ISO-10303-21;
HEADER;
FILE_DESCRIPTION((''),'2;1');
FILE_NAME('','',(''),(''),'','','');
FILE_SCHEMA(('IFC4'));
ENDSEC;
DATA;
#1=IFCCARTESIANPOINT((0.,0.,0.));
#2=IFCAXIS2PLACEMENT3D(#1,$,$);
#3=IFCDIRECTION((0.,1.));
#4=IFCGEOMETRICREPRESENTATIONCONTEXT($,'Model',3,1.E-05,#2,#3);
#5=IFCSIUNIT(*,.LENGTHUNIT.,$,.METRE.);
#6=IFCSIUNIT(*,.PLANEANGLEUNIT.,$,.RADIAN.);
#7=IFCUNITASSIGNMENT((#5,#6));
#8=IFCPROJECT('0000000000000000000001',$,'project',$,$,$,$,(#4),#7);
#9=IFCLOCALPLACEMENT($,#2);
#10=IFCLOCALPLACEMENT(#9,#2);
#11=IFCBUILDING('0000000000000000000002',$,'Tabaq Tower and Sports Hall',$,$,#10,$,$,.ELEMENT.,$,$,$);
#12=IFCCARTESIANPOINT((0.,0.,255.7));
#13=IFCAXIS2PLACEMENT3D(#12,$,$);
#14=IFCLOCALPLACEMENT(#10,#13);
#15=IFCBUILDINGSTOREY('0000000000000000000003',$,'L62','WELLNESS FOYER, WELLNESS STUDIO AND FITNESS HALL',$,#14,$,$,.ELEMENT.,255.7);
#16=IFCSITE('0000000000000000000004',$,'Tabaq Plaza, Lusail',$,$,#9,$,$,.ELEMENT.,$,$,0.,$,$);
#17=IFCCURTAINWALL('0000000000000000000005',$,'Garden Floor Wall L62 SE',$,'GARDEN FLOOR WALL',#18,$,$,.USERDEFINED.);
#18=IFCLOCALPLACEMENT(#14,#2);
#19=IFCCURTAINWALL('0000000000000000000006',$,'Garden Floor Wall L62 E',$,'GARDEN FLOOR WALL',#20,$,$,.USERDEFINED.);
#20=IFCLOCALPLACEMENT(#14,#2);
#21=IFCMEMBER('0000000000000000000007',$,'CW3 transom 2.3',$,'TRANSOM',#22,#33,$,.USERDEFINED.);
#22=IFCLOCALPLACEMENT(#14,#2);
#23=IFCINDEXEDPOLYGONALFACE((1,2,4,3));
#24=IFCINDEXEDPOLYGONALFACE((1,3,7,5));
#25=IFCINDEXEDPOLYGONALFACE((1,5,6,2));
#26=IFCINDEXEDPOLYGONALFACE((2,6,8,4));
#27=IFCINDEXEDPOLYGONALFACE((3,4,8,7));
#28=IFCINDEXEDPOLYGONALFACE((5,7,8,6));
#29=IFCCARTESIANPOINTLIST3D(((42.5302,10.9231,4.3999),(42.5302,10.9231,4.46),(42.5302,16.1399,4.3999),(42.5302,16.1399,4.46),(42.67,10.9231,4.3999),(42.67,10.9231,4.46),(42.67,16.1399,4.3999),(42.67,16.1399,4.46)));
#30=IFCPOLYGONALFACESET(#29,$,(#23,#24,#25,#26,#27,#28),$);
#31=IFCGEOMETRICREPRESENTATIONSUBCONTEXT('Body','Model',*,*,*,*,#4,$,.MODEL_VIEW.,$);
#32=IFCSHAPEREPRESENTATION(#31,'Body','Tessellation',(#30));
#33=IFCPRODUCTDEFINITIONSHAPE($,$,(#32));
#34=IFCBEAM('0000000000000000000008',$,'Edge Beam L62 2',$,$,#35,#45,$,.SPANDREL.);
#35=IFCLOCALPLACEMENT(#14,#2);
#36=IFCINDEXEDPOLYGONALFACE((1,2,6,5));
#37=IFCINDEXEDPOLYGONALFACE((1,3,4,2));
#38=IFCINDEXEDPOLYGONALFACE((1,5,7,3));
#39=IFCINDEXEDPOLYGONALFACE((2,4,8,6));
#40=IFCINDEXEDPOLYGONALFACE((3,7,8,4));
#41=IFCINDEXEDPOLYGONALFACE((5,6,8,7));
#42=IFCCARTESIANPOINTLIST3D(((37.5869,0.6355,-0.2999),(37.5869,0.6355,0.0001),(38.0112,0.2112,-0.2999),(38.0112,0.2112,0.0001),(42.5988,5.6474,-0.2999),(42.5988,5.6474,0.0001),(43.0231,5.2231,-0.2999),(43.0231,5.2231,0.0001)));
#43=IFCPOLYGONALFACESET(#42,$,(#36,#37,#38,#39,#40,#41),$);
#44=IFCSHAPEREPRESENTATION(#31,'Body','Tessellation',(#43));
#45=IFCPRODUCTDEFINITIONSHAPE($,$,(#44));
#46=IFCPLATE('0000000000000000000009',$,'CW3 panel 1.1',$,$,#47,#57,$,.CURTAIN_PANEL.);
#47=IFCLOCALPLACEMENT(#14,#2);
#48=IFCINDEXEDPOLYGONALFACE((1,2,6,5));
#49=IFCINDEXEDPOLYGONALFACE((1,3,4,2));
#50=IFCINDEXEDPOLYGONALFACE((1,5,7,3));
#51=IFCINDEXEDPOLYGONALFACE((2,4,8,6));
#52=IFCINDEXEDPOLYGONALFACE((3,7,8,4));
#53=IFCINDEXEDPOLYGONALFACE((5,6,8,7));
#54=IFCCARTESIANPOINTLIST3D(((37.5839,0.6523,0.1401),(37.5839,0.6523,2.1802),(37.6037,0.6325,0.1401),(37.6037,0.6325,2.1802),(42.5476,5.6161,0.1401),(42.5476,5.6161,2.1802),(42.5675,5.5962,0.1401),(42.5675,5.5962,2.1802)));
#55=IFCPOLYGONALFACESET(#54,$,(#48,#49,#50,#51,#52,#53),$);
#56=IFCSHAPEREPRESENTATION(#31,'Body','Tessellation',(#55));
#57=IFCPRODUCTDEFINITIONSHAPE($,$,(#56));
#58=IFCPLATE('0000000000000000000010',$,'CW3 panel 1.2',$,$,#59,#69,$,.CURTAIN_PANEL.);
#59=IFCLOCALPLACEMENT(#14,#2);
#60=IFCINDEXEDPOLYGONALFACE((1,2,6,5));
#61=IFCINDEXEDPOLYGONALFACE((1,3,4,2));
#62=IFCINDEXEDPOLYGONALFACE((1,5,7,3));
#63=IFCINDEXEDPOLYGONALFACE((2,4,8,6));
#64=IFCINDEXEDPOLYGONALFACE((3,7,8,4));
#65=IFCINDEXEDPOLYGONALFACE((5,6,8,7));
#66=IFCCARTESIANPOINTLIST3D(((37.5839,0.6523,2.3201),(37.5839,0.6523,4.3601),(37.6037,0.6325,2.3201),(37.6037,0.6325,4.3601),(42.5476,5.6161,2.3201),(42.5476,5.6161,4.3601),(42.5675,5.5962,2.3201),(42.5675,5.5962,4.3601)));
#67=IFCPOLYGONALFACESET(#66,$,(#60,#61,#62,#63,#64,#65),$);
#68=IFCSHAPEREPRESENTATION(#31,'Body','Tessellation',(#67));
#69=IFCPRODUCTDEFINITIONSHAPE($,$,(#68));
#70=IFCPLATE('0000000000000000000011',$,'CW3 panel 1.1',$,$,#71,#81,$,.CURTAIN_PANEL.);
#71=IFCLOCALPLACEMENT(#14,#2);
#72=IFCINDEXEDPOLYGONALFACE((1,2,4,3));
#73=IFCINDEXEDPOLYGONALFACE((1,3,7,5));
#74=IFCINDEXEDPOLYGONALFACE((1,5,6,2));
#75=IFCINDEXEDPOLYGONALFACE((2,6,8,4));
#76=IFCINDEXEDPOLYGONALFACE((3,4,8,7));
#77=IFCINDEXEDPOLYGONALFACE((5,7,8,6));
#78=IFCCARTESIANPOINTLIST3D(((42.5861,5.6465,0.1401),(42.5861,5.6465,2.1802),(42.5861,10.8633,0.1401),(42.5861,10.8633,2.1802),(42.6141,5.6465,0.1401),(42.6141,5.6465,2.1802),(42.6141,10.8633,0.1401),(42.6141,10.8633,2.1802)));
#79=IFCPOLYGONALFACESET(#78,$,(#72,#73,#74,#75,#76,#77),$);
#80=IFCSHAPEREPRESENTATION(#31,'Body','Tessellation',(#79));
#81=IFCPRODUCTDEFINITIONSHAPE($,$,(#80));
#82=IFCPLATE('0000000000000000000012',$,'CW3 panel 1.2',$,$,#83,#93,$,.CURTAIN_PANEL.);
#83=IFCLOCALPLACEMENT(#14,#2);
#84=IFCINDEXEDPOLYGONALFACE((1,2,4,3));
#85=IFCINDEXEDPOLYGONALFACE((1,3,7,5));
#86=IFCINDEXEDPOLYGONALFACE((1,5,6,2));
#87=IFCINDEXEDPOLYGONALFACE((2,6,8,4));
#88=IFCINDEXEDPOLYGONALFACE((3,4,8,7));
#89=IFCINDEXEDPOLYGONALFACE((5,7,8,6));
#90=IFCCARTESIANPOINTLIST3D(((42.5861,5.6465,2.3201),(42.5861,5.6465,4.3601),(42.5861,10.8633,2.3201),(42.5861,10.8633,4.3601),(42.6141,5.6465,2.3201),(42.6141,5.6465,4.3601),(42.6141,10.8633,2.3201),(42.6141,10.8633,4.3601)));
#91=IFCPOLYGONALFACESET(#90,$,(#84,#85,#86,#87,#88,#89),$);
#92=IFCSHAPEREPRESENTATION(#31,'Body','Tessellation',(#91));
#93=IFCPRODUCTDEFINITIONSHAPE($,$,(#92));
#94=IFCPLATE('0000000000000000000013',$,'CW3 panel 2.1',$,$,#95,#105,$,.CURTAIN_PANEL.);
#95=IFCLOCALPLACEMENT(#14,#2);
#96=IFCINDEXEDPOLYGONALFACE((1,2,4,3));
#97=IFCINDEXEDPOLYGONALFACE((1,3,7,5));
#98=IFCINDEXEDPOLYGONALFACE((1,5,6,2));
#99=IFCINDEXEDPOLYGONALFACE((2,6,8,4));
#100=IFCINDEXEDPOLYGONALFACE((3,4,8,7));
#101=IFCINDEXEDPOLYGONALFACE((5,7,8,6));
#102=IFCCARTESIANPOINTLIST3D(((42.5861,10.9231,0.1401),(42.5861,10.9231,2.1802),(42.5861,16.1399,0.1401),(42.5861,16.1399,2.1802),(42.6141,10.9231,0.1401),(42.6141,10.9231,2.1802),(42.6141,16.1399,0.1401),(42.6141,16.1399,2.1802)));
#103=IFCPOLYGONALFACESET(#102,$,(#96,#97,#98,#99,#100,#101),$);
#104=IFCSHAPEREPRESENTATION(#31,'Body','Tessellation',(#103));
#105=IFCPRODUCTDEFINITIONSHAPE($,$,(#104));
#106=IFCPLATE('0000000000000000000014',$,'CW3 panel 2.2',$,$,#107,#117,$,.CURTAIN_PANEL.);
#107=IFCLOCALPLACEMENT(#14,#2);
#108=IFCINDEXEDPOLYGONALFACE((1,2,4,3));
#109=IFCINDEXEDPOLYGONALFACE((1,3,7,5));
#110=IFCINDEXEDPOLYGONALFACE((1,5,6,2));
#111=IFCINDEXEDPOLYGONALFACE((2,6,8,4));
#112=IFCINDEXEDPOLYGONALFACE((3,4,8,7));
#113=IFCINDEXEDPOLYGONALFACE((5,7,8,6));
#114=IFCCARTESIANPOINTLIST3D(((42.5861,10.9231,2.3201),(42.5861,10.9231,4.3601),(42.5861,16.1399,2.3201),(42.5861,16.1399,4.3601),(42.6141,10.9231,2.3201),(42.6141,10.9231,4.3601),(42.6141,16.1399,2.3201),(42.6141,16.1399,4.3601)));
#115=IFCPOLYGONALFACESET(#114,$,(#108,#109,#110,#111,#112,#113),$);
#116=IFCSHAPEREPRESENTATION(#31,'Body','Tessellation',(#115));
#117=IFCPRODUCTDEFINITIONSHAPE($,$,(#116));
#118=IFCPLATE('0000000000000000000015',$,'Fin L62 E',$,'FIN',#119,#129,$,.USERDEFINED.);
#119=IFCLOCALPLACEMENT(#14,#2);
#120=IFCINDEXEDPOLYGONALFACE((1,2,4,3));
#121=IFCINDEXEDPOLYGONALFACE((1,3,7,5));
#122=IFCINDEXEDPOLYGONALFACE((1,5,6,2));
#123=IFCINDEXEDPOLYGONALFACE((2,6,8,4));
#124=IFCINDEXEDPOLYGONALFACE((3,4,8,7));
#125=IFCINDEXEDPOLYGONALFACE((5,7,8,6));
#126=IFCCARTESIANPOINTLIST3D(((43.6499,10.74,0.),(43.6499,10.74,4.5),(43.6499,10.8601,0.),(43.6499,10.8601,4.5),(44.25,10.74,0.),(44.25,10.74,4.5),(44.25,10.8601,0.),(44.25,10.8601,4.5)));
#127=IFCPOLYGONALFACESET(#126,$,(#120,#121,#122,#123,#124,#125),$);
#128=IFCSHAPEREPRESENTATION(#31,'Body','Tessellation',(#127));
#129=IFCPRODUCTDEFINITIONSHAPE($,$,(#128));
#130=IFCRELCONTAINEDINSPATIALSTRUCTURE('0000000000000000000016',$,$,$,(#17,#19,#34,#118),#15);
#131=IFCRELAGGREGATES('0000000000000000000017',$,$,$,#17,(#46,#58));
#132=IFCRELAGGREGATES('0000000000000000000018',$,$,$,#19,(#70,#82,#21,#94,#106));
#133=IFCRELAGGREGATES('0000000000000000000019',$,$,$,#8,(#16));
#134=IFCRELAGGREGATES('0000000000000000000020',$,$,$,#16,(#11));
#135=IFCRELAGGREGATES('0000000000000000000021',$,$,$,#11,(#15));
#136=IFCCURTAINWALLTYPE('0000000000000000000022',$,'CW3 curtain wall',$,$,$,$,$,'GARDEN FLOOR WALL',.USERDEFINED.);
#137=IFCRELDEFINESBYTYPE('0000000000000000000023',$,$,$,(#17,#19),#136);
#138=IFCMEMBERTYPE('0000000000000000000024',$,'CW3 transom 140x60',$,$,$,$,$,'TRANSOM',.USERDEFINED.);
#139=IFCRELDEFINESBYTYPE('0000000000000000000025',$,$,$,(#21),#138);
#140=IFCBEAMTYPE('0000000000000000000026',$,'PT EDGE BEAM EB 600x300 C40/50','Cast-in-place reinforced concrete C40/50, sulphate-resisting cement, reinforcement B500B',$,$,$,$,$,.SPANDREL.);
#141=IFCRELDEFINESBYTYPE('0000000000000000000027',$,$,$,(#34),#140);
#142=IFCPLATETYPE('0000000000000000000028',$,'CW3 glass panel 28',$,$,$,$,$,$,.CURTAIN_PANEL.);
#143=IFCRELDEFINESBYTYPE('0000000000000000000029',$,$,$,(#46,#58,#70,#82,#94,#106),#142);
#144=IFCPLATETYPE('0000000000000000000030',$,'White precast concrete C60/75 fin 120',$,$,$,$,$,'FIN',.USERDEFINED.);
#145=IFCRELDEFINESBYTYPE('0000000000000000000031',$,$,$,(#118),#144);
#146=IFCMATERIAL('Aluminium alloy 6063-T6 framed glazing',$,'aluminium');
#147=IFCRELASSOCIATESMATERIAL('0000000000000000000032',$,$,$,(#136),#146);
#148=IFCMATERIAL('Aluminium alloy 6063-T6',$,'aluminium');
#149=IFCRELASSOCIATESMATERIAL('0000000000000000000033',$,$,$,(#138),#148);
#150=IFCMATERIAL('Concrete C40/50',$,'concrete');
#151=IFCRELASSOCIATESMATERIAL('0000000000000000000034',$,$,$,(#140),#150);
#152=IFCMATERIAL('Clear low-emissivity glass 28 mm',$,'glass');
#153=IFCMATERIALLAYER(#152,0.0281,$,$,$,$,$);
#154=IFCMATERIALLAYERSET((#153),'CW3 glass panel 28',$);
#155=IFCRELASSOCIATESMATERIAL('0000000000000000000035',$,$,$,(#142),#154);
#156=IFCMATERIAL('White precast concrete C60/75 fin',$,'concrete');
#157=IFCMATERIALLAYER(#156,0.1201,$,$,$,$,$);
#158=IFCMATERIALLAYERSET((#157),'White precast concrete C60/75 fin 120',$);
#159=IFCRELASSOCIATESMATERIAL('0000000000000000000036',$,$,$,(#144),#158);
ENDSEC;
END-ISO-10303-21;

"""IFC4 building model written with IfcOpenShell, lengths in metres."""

from ifc_helpers import new_model, si_unit, direction, frame, origin, origin_2d, place, context, subcontext, project, spatial, rectangle, extrude, material, layer, layer_set, material_profile, profile_set, type_object, element, aggregate, save


model = new_model("IFC4")

# Units and contexts
model_context = context("Model", 3, precision=1e-05, world=origin(), true_north=direction((0.0, 1.0)))
body_context = subcontext(model_context, "Body", "Model", "MODEL_VIEW")
ifc_project = project(units=[si_unit("LENGTHUNIT", "METRE"), si_unit("PLANEANGLEUNIT", "RADIAN")], contexts=[model_context])

# Site, building, storey
site_placement = place(None, origin())
site = spatial("IfcSite", under=ifc_project, at=site_placement, Name="Tabaq Plaza, Lusail", CompositionType="ELEMENT", RefElevation=0.0)
building_placement = place(site_placement, origin())
building = spatial("IfcBuilding", under=site, at=building_placement, Name="Tabaq Tower and Sports Hall", CompositionType="ELEMENT")
storey_placement = place(building_placement, frame((0.0, 0.0, 255.7)))
storey = spatial("IfcBuildingStorey", under=building, at=storey_placement, Name="L62", Description="WELLNESS FOYER, WELLNESS STUDIO AND FITNESS HALL", CompositionType="ELEMENT", Elevation=255.7)

# Curtain wall
ifc_material_1 = material(Name="Aluminium alloy 6063-T6 framed glazing", Category="aluminium")
curtain_wall_type = type_object("IfcCurtainWallType", Name="CW3 curtain wall", ElementType="GARDEN FLOOR WALL", PredefinedType="USERDEFINED", material=ifc_material_1)
curtain_wall_1_placement = place(storey_placement, origin())
curtain_wall_1 = element("IfcCurtainWall", 1, at=curtain_wall_1_placement, inside=storey, type_object=curtain_wall_type, Name="Garden Floor Wall L62 SE", ObjectType="GARDEN FLOOR WALL", PredefinedType="USERDEFINED")

# Curtain wall
curtain_wall_2_placement = place(storey_placement, origin())
curtain_wall_2 = element("IfcCurtainWall", 2, at=curtain_wall_2_placement, inside=storey, type_object=curtain_wall_type, Name="Garden Floor Wall L62 E", ObjectType="GARDEN FLOOR WALL", PredefinedType="USERDEFINED")

# Member
ifc_material_2 = material(Name="Aluminium alloy 6063-T6", Category="aluminium")
ifc_material_profile_1 = material_profile(ifc_material_2, rectangle(XDim=0.1399, YDim=0.0601, at=origin_2d()), Name="TRANSOM 140x60")
ifc_profile_set_1 = profile_set([ifc_material_profile_1], Name="Aluminium alloy 6063-T6")
member_type_1 = type_object("IfcMemberType", Name="CW3 transom 140x60", ElementType="TRANSOM", PredefinedType="USERDEFINED", material=ifc_profile_set_1)
member_1_placement = place(storey_placement, frame((42.6001, 10.9231, 4.4299), z_axis=(0.0, 1.0, 0.0), x_axis=(-1.0, 0.0, 0.0)))
member_1 = element("IfcMember", 3, at=member_1_placement, type_object=member_type_1, Name="CW3 transom 2.3", ObjectType="TRANSOM", PredefinedType="USERDEFINED", context=body_context, shape_type="SweptSolid", body=[
    extrude(rectangle(XDim=0.1399, YDim=0.0601, at=origin_2d()), origin(), (0.0, 0.0, 1.0), 5.2168),
])

# Beam
ifc_material_3 = material(Name="Concrete C40/50", Category="concrete")
ifc_material_profile_2 = material_profile(ifc_material_3, rectangle(XDim=0.6001, YDim=0.3, at=origin_2d()), Name="EB 600x300")
ifc_profile_set_2 = profile_set([ifc_material_profile_2], Name="Concrete C40/50")
beam_type = type_object("IfcBeamType", Name="PT EDGE BEAM EB 600x300 C40/50", Description="Cast-in-place reinforced concrete C40/50, sulphate-resisting cement, reinforcement B500B", PredefinedType="SPANDREL", material=ifc_profile_set_2)
beam_placement = place(storey_placement, frame((37.7991, 0.4233, -0.1499), z_axis=(0.707107, 0.707107, 0.0), x_axis=(-0.707107, 0.707107, 0.0)))
element("IfcBeam", 4, at=beam_placement, inside=storey, type_object=beam_type, Name="Edge Beam L62 2", PredefinedType="SPANDREL", context=body_context, shape_type="SweptSolid", body=[
    extrude(rectangle(XDim=0.6001, YDim=0.3, at=origin_2d()), origin(), (0.0, 0.0, 1.0), 7.0879),
])

# Plates
ifc_material_4 = material(Name="Clear low-emissivity glass 28 mm", Category="glass")
ifc_layer_1 = layer(ifc_material_4, 0.0281)
ifc_layer_set_1 = layer_set([ifc_layer_1], Name="CW3 glass panel 28")
plate_type_1 = type_object("IfcPlateType", Name="CW3 glass panel 28", PredefinedType="CURTAIN_PANEL", material=ifc_layer_set_1)
plate_1_placement = place(storey_placement, frame((40.0757, 3.1243, 0.1401), z_axis=(0.0, 0.0, 1.0), x_axis=(0.707107, 0.707107, 0.0)))
plate_1 = element("IfcPlate", 5, at=plate_1_placement, type_object=plate_type_1, Name="CW3 panel 1.1", PredefinedType="CURTAIN_PANEL", context=body_context, shape_type="SweptSolid", body=[
    extrude(rectangle(XDim=7.0198, YDim=0.0281, at=origin_2d()), origin(), (0.0, 0.0, 1.0), 2.04),
])
plate_2_placement = place(storey_placement, frame((40.0757, 3.1243, 2.3201), z_axis=(0.0, 0.0, 1.0), x_axis=(0.707107, 0.707107, 0.0)))
plate_2 = element("IfcPlate", 6, at=plate_2_placement, type_object=plate_type_1, Name="CW3 panel 1.2", PredefinedType="CURTAIN_PANEL", context=body_context, shape_type="SweptSolid", body=[
    extrude(rectangle(XDim=7.0198, YDim=0.0281, at=origin_2d()), origin(), (0.0, 0.0, 1.0), 2.04),
])
aggregate(curtain_wall_1, [plate_1, plate_2])
plate_3_placement = place(storey_placement, frame((42.6001, 8.2549, 0.1401), z_axis=(0.0, 0.0, 1.0), x_axis=(0.0, 1.0, 0.0)))
plate_3 = element("IfcPlate", 7, at=plate_3_placement, type_object=plate_type_1, Name="CW3 panel 1.1", PredefinedType="CURTAIN_PANEL", context=body_context, shape_type="SweptSolid", body=[
    extrude(rectangle(XDim=5.2168, YDim=0.0281, at=origin_2d()), origin(), (0.0, 0.0, 1.0), 2.04),
])
plate_4_placement = place(storey_placement, frame((42.6001, 8.2549, 2.3201), z_axis=(0.0, 0.0, 1.0), x_axis=(0.0, 1.0, 0.0)))
plate_4 = element("IfcPlate", 8, at=plate_4_placement, type_object=plate_type_1, Name="CW3 panel 1.2", PredefinedType="CURTAIN_PANEL", context=body_context, shape_type="SweptSolid", body=[
    extrude(rectangle(XDim=5.2168, YDim=0.0281, at=origin_2d()), origin(), (0.0, 0.0, 1.0), 2.04),
])
plate_5_placement = place(storey_placement, frame((42.6001, 13.5315, 0.1401), z_axis=(0.0, 0.0, 1.0), x_axis=(0.0, 1.0, 0.0)))
plate_5 = element("IfcPlate", 9, at=plate_5_placement, type_object=plate_type_1, Name="CW3 panel 2.1", PredefinedType="CURTAIN_PANEL", context=body_context, shape_type="SweptSolid", body=[
    extrude(rectangle(XDim=5.2168, YDim=0.0281, at=origin_2d()), origin(), (0.0, 0.0, 1.0), 2.04),
])
plate_6_placement = place(storey_placement, frame((42.6001, 13.5315, 2.3201), z_axis=(0.0, 0.0, 1.0), x_axis=(0.0, 1.0, 0.0)))
plate_6 = element("IfcPlate", 10, at=plate_6_placement, type_object=plate_type_1, Name="CW3 panel 2.2", PredefinedType="CURTAIN_PANEL", context=body_context, shape_type="SweptSolid", body=[
    extrude(rectangle(XDim=5.2168, YDim=0.0281, at=origin_2d()), origin(), (0.0, 0.0, 1.0), 2.04),
])
aggregate(curtain_wall_2, [plate_3, plate_4, member_1, plate_5, plate_6])
ifc_material_5 = material(Name="White precast concrete C60/75 fin", Category="concrete")
ifc_layer_2 = layer(ifc_material_5, 0.1201)
ifc_layer_set_2 = layer_set([ifc_layer_2], Name="White precast concrete C60/75 fin 120")
plate_type_2 = type_object("IfcPlateType", Name="White precast concrete C60/75 fin 120", ElementType="FIN", PredefinedType="USERDEFINED", material=ifc_layer_set_2)
plate_7_placement = place(storey_placement, frame((43.95, 10.8, 0.0), z_axis=(0.0, 0.0, 1.0), x_axis=(0.0, 1.0, 0.0)))
element("IfcPlate", 11, at=plate_7_placement, inside=storey, type_object=plate_type_2, Name="Fin L62 E", ObjectType="FIN", PredefinedType="USERDEFINED", context=body_context, shape_type="SweptSolid", body=[
    extrude(rectangle(XDim=0.1201, YDim=0.6001, at=origin_2d()), origin(), (0.0, 0.0, 1.0), 4.5),
])

save(model, "model.ifc")
